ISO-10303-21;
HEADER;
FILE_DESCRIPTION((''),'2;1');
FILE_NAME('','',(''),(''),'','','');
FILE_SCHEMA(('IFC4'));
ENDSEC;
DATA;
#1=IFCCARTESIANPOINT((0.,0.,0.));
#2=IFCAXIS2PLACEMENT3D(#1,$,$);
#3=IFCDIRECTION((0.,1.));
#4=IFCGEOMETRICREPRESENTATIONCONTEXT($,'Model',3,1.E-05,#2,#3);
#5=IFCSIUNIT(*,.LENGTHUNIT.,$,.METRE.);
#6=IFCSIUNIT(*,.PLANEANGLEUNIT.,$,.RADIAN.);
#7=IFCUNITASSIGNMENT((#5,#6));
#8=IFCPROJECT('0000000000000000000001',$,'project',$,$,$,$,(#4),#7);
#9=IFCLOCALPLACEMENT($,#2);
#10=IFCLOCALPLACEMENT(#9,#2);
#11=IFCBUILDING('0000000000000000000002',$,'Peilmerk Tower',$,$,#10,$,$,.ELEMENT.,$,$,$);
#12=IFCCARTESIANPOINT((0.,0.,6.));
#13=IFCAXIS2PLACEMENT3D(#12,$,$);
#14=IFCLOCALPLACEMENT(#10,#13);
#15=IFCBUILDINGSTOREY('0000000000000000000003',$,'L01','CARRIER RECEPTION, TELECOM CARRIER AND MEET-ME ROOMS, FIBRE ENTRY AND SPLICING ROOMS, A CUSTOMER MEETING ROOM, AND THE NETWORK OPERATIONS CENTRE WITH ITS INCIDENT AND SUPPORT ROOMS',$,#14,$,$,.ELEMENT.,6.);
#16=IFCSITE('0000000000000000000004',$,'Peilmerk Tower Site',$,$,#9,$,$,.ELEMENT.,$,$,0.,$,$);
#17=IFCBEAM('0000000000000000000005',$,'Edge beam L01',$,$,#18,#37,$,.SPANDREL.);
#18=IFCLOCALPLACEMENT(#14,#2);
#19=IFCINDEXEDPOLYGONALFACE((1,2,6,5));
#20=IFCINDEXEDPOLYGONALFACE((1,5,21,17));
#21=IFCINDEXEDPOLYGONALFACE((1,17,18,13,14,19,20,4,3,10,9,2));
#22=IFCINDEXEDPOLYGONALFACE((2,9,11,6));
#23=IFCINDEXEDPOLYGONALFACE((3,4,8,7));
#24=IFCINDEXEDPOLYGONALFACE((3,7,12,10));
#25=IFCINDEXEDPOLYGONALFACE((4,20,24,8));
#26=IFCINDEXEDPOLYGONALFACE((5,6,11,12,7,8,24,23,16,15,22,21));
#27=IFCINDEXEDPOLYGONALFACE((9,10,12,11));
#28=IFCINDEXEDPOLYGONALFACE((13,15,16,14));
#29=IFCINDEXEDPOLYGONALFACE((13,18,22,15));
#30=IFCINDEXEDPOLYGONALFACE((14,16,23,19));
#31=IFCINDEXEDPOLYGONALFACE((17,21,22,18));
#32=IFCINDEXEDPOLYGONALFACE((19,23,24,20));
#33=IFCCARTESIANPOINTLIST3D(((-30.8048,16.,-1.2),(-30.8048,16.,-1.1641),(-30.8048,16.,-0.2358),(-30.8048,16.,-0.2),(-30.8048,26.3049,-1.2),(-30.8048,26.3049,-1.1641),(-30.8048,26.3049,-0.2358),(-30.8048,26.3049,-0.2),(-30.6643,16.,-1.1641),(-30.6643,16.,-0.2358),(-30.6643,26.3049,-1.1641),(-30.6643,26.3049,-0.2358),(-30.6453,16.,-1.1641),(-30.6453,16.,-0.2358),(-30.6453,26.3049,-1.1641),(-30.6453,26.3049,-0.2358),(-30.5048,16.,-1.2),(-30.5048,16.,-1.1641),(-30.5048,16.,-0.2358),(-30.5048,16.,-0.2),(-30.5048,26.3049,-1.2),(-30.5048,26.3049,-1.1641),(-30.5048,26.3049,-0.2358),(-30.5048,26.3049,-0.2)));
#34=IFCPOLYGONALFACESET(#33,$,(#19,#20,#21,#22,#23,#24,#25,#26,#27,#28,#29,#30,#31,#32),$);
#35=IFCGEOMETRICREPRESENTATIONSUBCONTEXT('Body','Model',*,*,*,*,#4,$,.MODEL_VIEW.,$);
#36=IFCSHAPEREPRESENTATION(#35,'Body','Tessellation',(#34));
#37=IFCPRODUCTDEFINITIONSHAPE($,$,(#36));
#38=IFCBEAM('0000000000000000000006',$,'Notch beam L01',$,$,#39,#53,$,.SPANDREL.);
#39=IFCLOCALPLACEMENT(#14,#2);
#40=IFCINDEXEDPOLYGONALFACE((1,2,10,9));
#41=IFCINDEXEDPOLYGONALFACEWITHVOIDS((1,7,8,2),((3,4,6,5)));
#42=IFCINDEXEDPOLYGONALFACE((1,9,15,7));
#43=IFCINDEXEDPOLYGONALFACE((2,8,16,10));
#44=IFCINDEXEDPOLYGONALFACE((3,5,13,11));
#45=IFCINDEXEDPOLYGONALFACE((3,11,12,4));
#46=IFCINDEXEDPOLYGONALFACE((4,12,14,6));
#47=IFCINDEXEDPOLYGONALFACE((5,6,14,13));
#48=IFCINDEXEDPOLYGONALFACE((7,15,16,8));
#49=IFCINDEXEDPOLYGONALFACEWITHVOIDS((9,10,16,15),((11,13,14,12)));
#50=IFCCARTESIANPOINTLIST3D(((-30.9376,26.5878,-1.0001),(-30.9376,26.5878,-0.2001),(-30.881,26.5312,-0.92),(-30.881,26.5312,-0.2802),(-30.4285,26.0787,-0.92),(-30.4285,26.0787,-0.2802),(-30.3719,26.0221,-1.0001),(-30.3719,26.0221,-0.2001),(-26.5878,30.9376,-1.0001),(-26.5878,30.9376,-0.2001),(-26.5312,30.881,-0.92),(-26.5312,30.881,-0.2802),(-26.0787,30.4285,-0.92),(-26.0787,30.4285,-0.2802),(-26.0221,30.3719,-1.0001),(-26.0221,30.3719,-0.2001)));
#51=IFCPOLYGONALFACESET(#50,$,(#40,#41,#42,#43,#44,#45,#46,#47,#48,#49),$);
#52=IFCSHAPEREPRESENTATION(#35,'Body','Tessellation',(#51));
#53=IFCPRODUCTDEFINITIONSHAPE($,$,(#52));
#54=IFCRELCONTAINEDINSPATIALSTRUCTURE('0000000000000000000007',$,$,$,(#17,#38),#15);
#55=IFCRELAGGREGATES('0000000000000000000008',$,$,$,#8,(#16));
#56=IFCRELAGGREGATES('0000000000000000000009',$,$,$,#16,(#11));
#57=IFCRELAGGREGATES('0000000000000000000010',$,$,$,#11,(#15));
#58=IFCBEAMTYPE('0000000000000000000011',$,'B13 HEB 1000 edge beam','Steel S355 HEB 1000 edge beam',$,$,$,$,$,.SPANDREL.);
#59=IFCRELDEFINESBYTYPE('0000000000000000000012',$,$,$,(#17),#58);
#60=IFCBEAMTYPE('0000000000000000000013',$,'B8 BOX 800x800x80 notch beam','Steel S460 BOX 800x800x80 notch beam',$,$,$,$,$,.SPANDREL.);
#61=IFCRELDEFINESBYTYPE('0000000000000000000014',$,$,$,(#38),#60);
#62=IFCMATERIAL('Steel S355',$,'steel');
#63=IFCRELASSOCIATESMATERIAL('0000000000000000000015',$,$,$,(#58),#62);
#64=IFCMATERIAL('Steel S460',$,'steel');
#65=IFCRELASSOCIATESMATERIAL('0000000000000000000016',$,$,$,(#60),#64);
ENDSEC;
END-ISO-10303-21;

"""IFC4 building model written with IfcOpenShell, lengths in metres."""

from ifc_helpers import new_model, si_unit, direction, frame, origin, origin_2d, place, context, subcontext, project, spatial, hollow_rectangle, i_section, extrude, material, material_profile, profile_set, type_object, element, save


model = new_model("IFC4")

# Units and contexts
model_context = context("Model", 3, precision=1e-05, world=origin(), true_north=direction((0.0, 1.0)))
body_context = subcontext(model_context, "Body", "Model", "MODEL_VIEW")
ifc_project = project(units=[si_unit("LENGTHUNIT", "METRE"), si_unit("PLANEANGLEUNIT", "RADIAN")], contexts=[model_context])

# Site, building, storey
site_placement = place(None, origin())
site = spatial("IfcSite", under=ifc_project, at=site_placement, Name="Peilmerk Tower Site", CompositionType="ELEMENT", RefElevation=0.0)
building_placement = place(site_placement, origin())
building = spatial("IfcBuilding", under=site, at=building_placement, Name="Peilmerk Tower", CompositionType="ELEMENT")
storey_placement = place(building_placement, frame((0.0, 0.0, 6.0)))
storey = spatial("IfcBuildingStorey", under=building, at=storey_placement, Name="L01", Description="CARRIER RECEPTION, TELECOM CARRIER AND MEET-ME ROOMS, FIBRE ENTRY AND SPLICING ROOMS, A CUSTOMER MEETING ROOM, AND THE NETWORK OPERATIONS CENTRE WITH ITS INCIDENT AND SUPPORT ROOMS", CompositionType="ELEMENT", Elevation=6.0)

# Beams
ifc_material_1 = material(Name="Steel S355", Category="steel")
ifc_material_profile_1 = material_profile(ifc_material_1, i_section(OverallWidth=0.3, OverallDepth=1.0, WebThickness=0.019, FlangeThickness=0.0359, at=origin_2d()), Name="HEB 1000")
ifc_profile_set_1 = profile_set([ifc_material_profile_1], Name="Steel S355")
beam_type_1 = type_object("IfcBeamType", Name="B13 HEB 1000 edge beam", Description="Steel S355 HEB 1000 edge beam", PredefinedType="SPANDREL", material=ifc_profile_set_1)
beam_1_placement = place(storey_placement, frame((-30.6548, 26.3049, -0.7), z_axis=(0.0, -1.0, 0.0), x_axis=(1.0, 0.0, 0.0)))
element("IfcBeam", 1, at=beam_1_placement, inside=storey, type_object=beam_type_1, Name="Edge beam L01", PredefinedType="SPANDREL", context=body_context, shape_type="SweptSolid", body=[
    extrude(i_section(OverallWidth=0.3, OverallDepth=1.0, WebThickness=0.019, FlangeThickness=0.0359, at=origin_2d()), origin(), (0.0, 0.0, 1.0), 10.3049),
])
ifc_material_2 = material(Name="Steel S460", Category="steel")
ifc_material_profile_2 = material_profile(ifc_material_2, hollow_rectangle(XDim=0.8, YDim=0.8, WallThickness=0.0801, at=origin_2d()), Name="BOX 800x800x80")
ifc_profile_set_2 = profile_set([ifc_material_profile_2], Name="Steel S460")
beam_type_2 = type_object("IfcBeamType", Name="B8 BOX 800x800x80 notch beam", Description="Steel S460 BOX 800x800x80 notch beam", PredefinedType="SPANDREL", material=ifc_profile_set_2)
beam_2_placement = place(storey_placement, frame((-30.6548, 26.3049, -0.6001), z_axis=(0.707107, 0.707107, 0.0), x_axis=(-0.707107, 0.707107, 0.0)))
element("IfcBeam", 2, at=beam_2_placement, inside=storey, type_object=beam_type_2, Name="Notch beam L01", PredefinedType="SPANDREL", context=body_context, shape_type="SweptSolid", body=[
    extrude(hollow_rectangle(XDim=0.8, YDim=0.8, WallThickness=0.0801, at=origin_2d()), origin(), (0.0, 0.0, 1.0), 6.1516),
])

save(model, "model.ifc")
